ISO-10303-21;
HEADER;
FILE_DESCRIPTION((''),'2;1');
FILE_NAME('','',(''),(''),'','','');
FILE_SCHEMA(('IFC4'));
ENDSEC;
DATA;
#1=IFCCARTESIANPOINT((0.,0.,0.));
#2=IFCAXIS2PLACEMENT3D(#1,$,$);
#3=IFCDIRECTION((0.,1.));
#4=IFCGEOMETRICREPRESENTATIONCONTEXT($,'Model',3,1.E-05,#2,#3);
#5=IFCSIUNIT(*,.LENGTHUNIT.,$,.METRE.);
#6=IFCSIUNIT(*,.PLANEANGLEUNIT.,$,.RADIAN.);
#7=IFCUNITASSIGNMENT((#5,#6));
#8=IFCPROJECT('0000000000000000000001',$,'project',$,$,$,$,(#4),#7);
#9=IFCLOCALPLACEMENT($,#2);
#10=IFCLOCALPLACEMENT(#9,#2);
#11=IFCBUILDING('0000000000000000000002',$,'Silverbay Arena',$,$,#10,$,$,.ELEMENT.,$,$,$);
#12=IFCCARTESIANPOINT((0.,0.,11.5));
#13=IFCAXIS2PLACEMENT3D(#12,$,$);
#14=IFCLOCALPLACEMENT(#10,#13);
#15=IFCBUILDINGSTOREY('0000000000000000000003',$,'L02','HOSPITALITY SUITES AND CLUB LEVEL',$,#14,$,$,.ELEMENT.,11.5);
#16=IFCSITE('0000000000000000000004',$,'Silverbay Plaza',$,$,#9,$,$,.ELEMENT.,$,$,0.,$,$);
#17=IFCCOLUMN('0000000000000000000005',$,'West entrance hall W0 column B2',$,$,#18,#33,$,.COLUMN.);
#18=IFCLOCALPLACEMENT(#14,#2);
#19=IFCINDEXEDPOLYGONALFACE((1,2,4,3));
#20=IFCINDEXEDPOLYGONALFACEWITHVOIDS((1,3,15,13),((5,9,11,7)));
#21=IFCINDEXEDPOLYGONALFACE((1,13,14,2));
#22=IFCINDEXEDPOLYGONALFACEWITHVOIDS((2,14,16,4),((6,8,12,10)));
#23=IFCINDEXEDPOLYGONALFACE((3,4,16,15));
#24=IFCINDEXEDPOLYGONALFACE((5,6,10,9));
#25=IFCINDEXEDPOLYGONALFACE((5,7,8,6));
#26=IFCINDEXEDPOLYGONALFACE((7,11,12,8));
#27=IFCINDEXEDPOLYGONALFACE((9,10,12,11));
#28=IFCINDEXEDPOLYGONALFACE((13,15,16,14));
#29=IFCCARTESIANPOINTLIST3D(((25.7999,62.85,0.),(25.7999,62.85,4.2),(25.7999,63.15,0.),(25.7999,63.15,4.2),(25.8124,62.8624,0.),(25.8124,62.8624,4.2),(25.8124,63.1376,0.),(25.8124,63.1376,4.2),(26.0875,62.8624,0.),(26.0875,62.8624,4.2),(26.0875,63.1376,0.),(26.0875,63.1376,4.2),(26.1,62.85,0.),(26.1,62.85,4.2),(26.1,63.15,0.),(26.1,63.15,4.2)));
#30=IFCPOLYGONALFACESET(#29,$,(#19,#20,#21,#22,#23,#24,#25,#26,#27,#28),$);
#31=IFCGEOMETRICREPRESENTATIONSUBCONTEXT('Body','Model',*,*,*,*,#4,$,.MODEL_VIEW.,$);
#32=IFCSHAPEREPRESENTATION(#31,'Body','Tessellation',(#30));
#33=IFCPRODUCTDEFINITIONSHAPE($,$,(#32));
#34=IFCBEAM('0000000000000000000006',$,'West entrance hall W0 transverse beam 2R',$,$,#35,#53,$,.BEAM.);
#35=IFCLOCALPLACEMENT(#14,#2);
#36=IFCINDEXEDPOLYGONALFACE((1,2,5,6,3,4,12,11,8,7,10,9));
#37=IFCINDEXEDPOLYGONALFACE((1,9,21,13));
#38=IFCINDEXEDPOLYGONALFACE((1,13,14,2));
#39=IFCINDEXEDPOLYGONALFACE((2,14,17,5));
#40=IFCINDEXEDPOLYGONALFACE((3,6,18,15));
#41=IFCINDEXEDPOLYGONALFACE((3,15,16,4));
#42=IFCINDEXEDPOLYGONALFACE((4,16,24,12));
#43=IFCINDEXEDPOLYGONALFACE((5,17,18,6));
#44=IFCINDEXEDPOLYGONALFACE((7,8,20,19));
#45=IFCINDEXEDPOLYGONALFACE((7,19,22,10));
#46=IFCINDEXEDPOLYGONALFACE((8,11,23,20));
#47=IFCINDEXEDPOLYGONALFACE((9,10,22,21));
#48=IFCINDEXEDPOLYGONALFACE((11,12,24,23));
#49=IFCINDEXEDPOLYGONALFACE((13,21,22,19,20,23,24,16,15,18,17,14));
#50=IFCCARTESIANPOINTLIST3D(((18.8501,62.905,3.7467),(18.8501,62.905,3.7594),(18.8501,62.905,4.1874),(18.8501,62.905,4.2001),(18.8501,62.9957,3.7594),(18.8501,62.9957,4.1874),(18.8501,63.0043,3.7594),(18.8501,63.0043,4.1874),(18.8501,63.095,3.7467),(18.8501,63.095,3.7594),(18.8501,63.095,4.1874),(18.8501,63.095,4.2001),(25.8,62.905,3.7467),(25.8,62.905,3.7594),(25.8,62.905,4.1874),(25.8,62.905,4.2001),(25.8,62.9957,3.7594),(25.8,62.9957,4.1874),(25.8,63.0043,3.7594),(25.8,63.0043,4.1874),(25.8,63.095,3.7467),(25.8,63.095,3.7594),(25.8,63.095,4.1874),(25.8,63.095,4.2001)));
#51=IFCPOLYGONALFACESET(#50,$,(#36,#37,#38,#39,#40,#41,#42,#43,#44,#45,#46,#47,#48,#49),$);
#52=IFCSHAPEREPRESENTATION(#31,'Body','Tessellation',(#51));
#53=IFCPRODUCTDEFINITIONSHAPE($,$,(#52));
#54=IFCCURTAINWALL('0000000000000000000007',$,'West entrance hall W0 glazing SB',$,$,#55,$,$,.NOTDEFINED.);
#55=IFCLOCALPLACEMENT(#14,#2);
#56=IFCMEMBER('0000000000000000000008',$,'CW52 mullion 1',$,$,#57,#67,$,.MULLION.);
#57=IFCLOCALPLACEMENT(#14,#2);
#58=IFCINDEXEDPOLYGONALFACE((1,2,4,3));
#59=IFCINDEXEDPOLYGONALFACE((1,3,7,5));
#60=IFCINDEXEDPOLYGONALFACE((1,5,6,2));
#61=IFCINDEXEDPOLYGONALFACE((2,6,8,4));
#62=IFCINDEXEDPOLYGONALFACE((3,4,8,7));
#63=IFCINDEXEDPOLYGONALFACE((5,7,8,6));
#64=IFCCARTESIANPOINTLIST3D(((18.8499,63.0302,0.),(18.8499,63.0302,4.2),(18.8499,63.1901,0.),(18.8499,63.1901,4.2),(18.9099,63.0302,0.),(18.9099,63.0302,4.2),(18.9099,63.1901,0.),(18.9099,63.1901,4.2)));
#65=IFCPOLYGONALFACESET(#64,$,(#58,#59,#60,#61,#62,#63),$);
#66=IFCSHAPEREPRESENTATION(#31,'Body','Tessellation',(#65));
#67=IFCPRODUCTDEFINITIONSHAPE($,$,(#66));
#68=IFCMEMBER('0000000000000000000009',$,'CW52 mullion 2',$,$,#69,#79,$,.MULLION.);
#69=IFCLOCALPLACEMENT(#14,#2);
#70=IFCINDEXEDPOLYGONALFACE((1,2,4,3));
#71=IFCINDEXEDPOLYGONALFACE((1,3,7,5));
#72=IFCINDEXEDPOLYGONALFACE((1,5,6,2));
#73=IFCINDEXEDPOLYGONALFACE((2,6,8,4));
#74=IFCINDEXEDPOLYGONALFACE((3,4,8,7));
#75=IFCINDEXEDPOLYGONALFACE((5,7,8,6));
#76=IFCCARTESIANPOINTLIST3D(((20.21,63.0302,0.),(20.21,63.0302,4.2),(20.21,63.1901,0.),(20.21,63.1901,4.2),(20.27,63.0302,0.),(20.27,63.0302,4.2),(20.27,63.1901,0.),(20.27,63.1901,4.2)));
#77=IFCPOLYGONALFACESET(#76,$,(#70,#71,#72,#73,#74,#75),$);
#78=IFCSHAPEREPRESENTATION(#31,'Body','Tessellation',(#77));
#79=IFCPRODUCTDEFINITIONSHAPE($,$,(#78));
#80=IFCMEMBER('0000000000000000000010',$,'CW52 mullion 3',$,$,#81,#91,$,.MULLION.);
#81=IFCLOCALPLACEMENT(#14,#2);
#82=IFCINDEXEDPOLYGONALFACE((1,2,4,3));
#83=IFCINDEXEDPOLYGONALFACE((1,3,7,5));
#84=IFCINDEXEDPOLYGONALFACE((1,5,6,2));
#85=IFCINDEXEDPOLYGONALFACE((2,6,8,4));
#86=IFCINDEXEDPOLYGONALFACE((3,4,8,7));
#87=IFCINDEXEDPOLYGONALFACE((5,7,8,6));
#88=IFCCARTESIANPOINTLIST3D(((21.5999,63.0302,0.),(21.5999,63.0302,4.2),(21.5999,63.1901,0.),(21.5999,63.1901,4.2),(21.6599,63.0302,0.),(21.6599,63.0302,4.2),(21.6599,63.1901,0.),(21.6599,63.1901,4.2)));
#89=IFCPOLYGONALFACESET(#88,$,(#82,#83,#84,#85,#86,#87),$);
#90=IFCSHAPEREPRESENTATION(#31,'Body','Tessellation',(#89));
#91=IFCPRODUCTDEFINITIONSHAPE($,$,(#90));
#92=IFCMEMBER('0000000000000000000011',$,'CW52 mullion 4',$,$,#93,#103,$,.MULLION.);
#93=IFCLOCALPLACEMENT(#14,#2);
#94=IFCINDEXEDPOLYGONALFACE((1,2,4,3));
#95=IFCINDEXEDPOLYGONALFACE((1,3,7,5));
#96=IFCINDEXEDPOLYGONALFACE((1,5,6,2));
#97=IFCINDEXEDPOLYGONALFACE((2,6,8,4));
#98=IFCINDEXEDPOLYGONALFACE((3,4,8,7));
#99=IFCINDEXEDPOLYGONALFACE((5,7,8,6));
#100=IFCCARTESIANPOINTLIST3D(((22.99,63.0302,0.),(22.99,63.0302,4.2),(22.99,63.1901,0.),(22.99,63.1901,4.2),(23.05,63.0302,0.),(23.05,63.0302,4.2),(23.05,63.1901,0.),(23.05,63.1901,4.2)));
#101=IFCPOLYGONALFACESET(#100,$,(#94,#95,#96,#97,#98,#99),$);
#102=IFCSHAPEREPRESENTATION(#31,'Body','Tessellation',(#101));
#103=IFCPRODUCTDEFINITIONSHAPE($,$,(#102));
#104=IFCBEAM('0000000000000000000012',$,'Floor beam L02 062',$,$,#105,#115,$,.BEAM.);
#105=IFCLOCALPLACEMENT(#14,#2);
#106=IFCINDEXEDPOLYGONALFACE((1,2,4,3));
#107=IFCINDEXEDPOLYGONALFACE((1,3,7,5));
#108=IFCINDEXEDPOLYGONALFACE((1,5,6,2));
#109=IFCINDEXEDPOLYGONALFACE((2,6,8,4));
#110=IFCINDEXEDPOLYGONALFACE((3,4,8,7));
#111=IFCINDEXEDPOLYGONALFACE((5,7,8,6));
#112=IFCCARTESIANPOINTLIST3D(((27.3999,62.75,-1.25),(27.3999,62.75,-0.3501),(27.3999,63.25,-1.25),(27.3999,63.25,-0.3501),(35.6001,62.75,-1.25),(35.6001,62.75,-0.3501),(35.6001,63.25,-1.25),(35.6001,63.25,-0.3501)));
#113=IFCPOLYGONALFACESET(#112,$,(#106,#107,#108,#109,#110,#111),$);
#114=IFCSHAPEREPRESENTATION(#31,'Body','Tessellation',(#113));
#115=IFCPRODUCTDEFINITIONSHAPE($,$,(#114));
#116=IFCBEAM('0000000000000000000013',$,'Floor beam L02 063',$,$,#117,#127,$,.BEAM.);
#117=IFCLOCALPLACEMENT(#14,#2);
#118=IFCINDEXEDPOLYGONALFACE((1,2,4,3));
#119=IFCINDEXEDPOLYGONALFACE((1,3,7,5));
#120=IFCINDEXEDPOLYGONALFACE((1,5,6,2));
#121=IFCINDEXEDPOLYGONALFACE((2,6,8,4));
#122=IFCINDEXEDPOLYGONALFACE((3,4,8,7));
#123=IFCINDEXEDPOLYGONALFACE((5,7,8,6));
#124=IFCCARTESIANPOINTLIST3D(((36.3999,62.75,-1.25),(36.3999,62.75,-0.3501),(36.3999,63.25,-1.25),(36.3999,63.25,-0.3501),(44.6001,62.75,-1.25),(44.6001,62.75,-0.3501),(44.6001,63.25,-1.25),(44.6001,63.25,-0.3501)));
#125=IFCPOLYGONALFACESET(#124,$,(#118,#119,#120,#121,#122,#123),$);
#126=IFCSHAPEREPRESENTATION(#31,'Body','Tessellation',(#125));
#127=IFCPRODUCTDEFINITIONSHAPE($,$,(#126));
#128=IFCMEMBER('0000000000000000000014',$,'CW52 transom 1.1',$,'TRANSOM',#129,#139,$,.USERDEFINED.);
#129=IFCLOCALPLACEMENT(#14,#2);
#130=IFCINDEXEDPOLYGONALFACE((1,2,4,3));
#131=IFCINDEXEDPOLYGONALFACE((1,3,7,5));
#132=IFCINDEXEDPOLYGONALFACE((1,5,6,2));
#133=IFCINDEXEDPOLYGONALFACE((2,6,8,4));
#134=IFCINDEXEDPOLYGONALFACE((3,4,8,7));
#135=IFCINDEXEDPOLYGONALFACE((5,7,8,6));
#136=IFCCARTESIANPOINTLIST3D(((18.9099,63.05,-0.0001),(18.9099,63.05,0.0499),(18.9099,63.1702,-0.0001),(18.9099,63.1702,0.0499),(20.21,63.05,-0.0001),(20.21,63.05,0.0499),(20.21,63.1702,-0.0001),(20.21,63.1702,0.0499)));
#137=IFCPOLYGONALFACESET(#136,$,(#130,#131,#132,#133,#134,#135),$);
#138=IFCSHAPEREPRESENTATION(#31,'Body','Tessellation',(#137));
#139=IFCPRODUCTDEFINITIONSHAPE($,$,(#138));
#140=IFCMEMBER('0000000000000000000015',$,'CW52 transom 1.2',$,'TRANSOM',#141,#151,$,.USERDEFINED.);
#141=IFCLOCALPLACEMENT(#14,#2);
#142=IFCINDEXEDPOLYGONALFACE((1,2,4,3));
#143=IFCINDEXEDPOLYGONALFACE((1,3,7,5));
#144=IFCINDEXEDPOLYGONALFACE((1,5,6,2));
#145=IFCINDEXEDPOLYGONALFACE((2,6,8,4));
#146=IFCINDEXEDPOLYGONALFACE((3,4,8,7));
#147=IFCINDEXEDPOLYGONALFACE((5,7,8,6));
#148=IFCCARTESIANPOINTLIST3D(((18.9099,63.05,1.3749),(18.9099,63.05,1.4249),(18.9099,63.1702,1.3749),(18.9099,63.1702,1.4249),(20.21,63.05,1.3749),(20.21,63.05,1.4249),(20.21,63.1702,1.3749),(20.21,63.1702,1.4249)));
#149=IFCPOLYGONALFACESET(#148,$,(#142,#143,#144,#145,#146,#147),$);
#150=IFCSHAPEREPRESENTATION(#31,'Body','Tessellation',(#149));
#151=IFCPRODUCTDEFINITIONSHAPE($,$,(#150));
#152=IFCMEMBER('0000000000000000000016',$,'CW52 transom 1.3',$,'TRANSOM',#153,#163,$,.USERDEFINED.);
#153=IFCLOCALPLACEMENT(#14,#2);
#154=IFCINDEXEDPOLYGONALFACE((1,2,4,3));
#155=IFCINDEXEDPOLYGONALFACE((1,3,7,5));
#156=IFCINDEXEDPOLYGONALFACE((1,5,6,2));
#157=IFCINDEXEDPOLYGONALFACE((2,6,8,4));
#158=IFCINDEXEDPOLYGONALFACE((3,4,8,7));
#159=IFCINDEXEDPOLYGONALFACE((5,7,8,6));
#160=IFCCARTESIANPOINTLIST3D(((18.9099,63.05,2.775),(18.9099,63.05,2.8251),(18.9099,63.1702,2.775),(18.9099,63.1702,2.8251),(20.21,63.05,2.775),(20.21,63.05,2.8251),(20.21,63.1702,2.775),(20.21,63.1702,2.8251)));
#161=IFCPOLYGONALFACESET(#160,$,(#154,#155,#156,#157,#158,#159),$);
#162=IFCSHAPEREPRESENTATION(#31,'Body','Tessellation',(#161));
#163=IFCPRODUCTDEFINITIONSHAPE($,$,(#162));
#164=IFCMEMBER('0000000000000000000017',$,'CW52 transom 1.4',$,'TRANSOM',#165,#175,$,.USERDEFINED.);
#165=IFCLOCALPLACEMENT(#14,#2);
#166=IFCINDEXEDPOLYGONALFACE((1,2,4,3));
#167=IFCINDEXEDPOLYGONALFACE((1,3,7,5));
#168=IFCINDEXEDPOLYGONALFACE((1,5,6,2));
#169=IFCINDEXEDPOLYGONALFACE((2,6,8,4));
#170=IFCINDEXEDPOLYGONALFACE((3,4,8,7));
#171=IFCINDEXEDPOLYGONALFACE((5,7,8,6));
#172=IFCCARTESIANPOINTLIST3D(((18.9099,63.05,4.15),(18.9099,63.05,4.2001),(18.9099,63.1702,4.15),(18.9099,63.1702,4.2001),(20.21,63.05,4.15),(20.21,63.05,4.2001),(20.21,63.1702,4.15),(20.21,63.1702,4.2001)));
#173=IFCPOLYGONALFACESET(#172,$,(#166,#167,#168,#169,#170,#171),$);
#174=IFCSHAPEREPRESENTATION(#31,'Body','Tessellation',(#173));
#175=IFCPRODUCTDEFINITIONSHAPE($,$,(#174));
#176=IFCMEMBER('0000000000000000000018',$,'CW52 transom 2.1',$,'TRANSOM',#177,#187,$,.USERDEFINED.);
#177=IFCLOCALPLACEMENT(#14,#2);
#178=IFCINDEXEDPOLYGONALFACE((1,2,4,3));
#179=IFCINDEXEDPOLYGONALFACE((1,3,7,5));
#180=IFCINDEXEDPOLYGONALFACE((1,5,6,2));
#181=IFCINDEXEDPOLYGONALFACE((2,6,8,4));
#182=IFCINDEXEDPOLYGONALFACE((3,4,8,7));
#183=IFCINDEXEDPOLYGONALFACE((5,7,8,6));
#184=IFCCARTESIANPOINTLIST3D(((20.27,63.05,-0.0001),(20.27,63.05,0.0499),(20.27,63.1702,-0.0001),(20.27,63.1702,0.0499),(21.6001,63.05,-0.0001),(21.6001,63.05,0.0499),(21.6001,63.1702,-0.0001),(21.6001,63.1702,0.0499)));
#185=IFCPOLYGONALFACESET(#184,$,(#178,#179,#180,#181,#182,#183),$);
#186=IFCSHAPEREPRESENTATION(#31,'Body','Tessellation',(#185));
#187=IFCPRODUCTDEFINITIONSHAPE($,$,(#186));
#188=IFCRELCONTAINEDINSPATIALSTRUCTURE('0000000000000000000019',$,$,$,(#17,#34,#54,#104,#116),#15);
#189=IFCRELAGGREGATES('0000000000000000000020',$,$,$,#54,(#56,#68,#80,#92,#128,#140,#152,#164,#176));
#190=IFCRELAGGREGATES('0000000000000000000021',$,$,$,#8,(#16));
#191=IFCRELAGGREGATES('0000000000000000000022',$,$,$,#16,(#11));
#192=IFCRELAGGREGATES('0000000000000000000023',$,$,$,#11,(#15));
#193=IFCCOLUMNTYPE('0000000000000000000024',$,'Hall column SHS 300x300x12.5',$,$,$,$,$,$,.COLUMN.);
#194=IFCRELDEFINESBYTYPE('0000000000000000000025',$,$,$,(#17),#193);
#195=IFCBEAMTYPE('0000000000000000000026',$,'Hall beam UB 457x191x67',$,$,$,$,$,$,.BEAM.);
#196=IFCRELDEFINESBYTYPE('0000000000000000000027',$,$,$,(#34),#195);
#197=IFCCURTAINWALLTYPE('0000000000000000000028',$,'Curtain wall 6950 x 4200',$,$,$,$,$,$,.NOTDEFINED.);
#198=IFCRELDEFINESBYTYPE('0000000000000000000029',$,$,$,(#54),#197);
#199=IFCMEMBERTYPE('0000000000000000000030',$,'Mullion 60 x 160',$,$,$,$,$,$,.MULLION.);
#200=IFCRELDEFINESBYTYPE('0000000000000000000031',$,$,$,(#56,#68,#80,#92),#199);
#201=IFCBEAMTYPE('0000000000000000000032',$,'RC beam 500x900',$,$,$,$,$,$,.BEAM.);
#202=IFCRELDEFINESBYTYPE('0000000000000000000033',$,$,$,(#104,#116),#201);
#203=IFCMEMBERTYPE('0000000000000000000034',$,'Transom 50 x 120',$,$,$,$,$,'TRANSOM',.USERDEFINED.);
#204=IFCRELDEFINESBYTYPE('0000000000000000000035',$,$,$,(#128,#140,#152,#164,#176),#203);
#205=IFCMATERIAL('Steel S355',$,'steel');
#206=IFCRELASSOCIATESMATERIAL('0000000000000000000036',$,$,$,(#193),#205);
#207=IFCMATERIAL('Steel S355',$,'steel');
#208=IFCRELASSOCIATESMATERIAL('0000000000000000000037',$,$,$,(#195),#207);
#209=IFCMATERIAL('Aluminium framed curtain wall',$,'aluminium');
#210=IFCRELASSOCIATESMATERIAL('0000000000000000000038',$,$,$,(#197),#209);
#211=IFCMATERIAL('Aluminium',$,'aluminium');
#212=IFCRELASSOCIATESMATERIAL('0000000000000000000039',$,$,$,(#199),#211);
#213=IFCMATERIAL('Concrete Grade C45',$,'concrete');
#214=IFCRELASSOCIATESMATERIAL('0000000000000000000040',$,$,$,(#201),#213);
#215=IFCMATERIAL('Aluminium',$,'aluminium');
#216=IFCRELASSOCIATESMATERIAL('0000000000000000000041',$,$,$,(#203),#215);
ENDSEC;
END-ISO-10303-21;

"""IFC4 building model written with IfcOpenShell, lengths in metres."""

from ifc_helpers import new_model, si_unit, direction, frame, origin, origin_2d, place, context, subcontext, project, spatial, rectangle, hollow_rectangle, i_section, extrude, material, material_profile, profile_set, type_object, element, aggregate, save


model = new_model("IFC4")

# Units and contexts
model_context = context("Model", 3, precision=1e-05, world=origin(), true_north=direction((0.0, 1.0)))
body_context = subcontext(model_context, "Body", "Model", "MODEL_VIEW")
ifc_project = project(units=[si_unit("LENGTHUNIT", "METRE"), si_unit("PLANEANGLEUNIT", "RADIAN")], contexts=[model_context])

# Site, building, storey
site_placement = place(None, origin())
site = spatial("IfcSite", under=ifc_project, at=site_placement, Name="Silverbay Plaza", CompositionType="ELEMENT", RefElevation=0.0)
building_placement = place(site_placement, origin())
building = spatial("IfcBuilding", under=site, at=building_placement, Name="Silverbay Arena", CompositionType="ELEMENT")
storey_placement = place(building_placement, frame((0.0, 0.0, 11.5)))
storey = spatial("IfcBuildingStorey", under=building, at=storey_placement, Name="L02", Description="HOSPITALITY SUITES AND CLUB LEVEL", CompositionType="ELEMENT", Elevation=11.5)

# Column
ifc_material_1 = material(Name="Steel S355", Category="steel")
ifc_material_profile_1 = material_profile(ifc_material_1, hollow_rectangle(XDim=0.3, YDim=0.3, WallThickness=0.0125, at=origin_2d()), Name="SHS 300x300x12.5")
ifc_profile_set_1 = profile_set([ifc_material_profile_1], Name="Steel S355")
column_type = type_object("IfcColumnType", Name="Hall column SHS 300x300x12.5", PredefinedType="COLUMN", material=ifc_profile_set_1)
column_placement = place(storey_placement, frame((25.95, 63.0, 0.0), z_axis=(0.0, 0.0, 1.0), x_axis=(1.0, 0.0, 0.0)))
element("IfcColumn", 1, at=column_placement, inside=storey, type_object=column_type, Name="West entrance hall W0 column B2", PredefinedType="COLUMN", context=body_context, shape_type="SweptSolid", body=[
    extrude(hollow_rectangle(XDim=0.3, YDim=0.3, WallThickness=0.0125, at=origin_2d()), origin(), (0.0, 0.0, 1.0), 4.2),
])

# Beam
ifc_material_2 = material(Name="Steel S355", Category="steel")
ifc_material_profile_2 = material_profile(ifc_material_2, i_section(OverallWidth=0.1899, OverallDepth=0.4534, WebThickness=0.0085, FlangeThickness=0.0127, at=origin_2d()), Name="UB 457x191x67")
ifc_profile_set_2 = profile_set([ifc_material_profile_2], Name="Steel S355")
beam_type_1 = type_object("IfcBeamType", Name="Hall beam UB 457x191x67", PredefinedType="BEAM", material=ifc_profile_set_2)
beam_placement = place(storey_placement, frame((25.8, 63.0, 3.9734), z_axis=(-1.0, 0.0, 0.0), x_axis=(0.0, -1.0, 0.0)))
element("IfcBeam", 2, at=beam_placement, inside=storey, type_object=beam_type_1, Name="West entrance hall W0 transverse beam 2R", PredefinedType="BEAM", context=body_context, shape_type="SweptSolid", body=[
    extrude(i_section(OverallWidth=0.1899, OverallDepth=0.4534, WebThickness=0.0085, FlangeThickness=0.0127, at=origin_2d()), origin(), (0.0, 0.0, 1.0), 6.95),
])

# Curtain wall, members
ifc_material_3 = material(Name="Aluminium framed curtain wall", Category="aluminium")
curtain_wall_type = type_object("IfcCurtainWallType", Name="Curtain wall 6950 x 4200", PredefinedType="NOTDEFINED", material=ifc_material_3)
curtain_wall_placement = place(storey_placement, origin())
curtain_wall = element("IfcCurtainWall", 3, at=curtain_wall_placement, inside=storey, type_object=curtain_wall_type, Name="West entrance hall W0 glazing SB", PredefinedType="NOTDEFINED")
ifc_material_4 = material(Name="Aluminium", Category="aluminium")
ifc_material_profile_3 = material_profile(ifc_material_4, rectangle(XDim=0.1599, YDim=0.0601, at=origin_2d()), Name="Mullion 60 x 160")
ifc_profile_set_3 = profile_set([ifc_material_profile_3], Name="Aluminium")
member_type_1 = type_object("IfcMemberType", Name="Mullion 60 x 160", PredefinedType="MULLION", material=ifc_profile_set_3)
member_1_placement = place(storey_placement, frame((18.8799, 63.1101, 0.0), z_axis=(0.0, 0.0, 1.0), x_axis=(0.0, 1.0, 0.0)))
member_1 = element("IfcMember", 4, at=member_1_placement, type_object=member_type_1, Name="CW52 mullion 1", PredefinedType="MULLION", context=body_context, shape_type="SweptSolid", body=[
    extrude(rectangle(XDim=0.1599, YDim=0.0601, at=origin_2d()), origin(), (0.0, 0.0, 1.0), 4.2),
])
member_2_placement = place(storey_placement, frame((20.24, 63.1101, 0.0), z_axis=(0.0, 0.0, 1.0), x_axis=(0.0, 1.0, 0.0)))
member_2 = element("IfcMember", 5, at=member_2_placement, type_object=member_type_1, Name="CW52 mullion 2", PredefinedType="MULLION", context=body_context, shape_type="SweptSolid", body=[
    extrude(rectangle(XDim=0.1599, YDim=0.0601, at=origin_2d()), origin(), (0.0, 0.0, 1.0), 4.2),
])
member_3_placement = place(storey_placement, frame((21.6299, 63.1101, 0.0), z_axis=(0.0, 0.0, 1.0), x_axis=(0.0, 1.0, 0.0)))
member_3 = element("IfcMember", 6, at=member_3_placement, type_object=member_type_1, Name="CW52 mullion 3", PredefinedType="MULLION", context=body_context, shape_type="SweptSolid", body=[
    extrude(rectangle(XDim=0.1599, YDim=0.0601, at=origin_2d()), origin(), (0.0, 0.0, 1.0), 4.2),
])
member_4_placement = place(storey_placement, frame((23.02, 63.1101, 0.0), z_axis=(0.0, 0.0, 1.0), x_axis=(0.0, 1.0, 0.0)))
member_4 = element("IfcMember", 7, at=member_4_placement, type_object=member_type_1, Name="CW52 mullion 4", PredefinedType="MULLION", context=body_context, shape_type="SweptSolid", body=[
    extrude(rectangle(XDim=0.1599, YDim=0.0601, at=origin_2d()), origin(), (0.0, 0.0, 1.0), 4.2),
])

# Beams
ifc_material_5 = material(Name="Concrete Grade C45", Category="concrete")
ifc_material_profile_4 = material_profile(ifc_material_5, rectangle(XDim=0.5, YDim=0.8999, at=origin_2d()), Name="RC 500x900")
ifc_profile_set_4 = profile_set([ifc_material_profile_4], Name="Concrete Grade C45")
beam_type_2 = type_object("IfcBeamType", Name="RC beam 500x900", PredefinedType="BEAM", material=ifc_profile_set_4)
for number, where, z_axis, x_axis, name in (
    (8, (27.3999, 63.0, -0.8), (1.0, 0.0, 0.0), (0.0, 1.0, 0.0), "Floor beam L02 062"),
    (9, (36.3999, 63.0, -0.8), (1.0, 0.0, 0.0), (0.0, 1.0, 0.0), "Floor beam L02 063"),
):
    element("IfcBeam", number, at=place(storey_placement, frame(where, z_axis=z_axis, x_axis=x_axis)), inside=storey, type_object=beam_type_2, Name=name, PredefinedType="BEAM", context=body_context, shape_type="SweptSolid", body=[
        extrude(rectangle(XDim=0.5, YDim=0.8999, at=origin_2d()), origin(), (0.0, 0.0, 1.0), 8.2002),
    ])

# Members
ifc_material_6 = material(Name="Aluminium", Category="aluminium")
ifc_material_profile_5 = material_profile(ifc_material_6, rectangle(XDim=0.1201, YDim=0.05, at=origin_2d()), Name="Transom 50 x 120")
ifc_profile_set_5 = profile_set([ifc_material_profile_5], Name="Aluminium")
member_type_2 = type_object("IfcMemberType", Name="Transom 50 x 120", ElementType="TRANSOM", PredefinedType="USERDEFINED", material=ifc_profile_set_5)
member_5_placement = place(storey_placement, frame((18.9099, 63.1101, 0.0249), z_axis=(1.0, 0.0, 0.0), x_axis=(0.0, 1.0, 0.0)))
member_5 = element("IfcMember", 10, at=member_5_placement, type_object=member_type_2, Name="CW52 transom 1.1", ObjectType="TRANSOM", PredefinedType="USERDEFINED", context=body_context, shape_type="SweptSolid", body=[
    extrude(rectangle(XDim=0.1201, YDim=0.05, at=origin_2d()), origin(), (0.0, 0.0, 1.0), 1.3),
])
member_6_placement = place(storey_placement, frame((18.9099, 63.1101, 1.3999), z_axis=(1.0, 0.0, 0.0), x_axis=(0.0, 1.0, 0.0)))
member_6 = element("IfcMember", 11, at=member_6_placement, type_object=member_type_2, Name="CW52 transom 1.2", ObjectType="TRANSOM", PredefinedType="USERDEFINED", context=body_context, shape_type="SweptSolid", body=[
    extrude(rectangle(XDim=0.1201, YDim=0.05, at=origin_2d()), origin(), (0.0, 0.0, 1.0), 1.3),
])
member_7_placement = place(storey_placement, frame((18.9099, 63.1101, 2.8), z_axis=(1.0, 0.0, 0.0), x_axis=(0.0, 1.0, 0.0)))
member_7 = element("IfcMember", 12, at=member_7_placement, type_object=member_type_2, Name="CW52 transom 1.3", ObjectType="TRANSOM", PredefinedType="USERDEFINED", context=body_context, shape_type="SweptSolid", body=[
    extrude(rectangle(XDim=0.1201, YDim=0.05, at=origin_2d()), origin(), (0.0, 0.0, 1.0), 1.3),
])
member_8_placement = place(storey_placement, frame((18.9099, 63.1101, 4.175), z_axis=(1.0, 0.0, 0.0), x_axis=(0.0, 1.0, 0.0)))
member_8 = element("IfcMember", 13, at=member_8_placement, type_object=member_type_2, Name="CW52 transom 1.4", ObjectType="TRANSOM", PredefinedType="USERDEFINED", context=body_context, shape_type="SweptSolid", body=[
    extrude(rectangle(XDim=0.1201, YDim=0.05, at=origin_2d()), origin(), (0.0, 0.0, 1.0), 1.3),
])
member_9_placement = place(storey_placement, frame((20.27, 63.1101, 0.0249), z_axis=(1.0, 0.0, 0.0), x_axis=(0.0, 1.0, 0.0)))
member_9 = element("IfcMember", 14, at=member_9_placement, type_object=member_type_2, Name="CW52 transom 2.1", ObjectType="TRANSOM", PredefinedType="USERDEFINED", context=body_context, shape_type="SweptSolid", body=[
    extrude(rectangle(XDim=0.1201, YDim=0.05, at=origin_2d()), origin(), (0.0, 0.0, 1.0), 1.3301),
])

aggregate(curtain_wall, [member_1, member_2, member_3, member_4, member_5, member_6, member_7, member_8, member_9])

save(model, "model.ifc")
